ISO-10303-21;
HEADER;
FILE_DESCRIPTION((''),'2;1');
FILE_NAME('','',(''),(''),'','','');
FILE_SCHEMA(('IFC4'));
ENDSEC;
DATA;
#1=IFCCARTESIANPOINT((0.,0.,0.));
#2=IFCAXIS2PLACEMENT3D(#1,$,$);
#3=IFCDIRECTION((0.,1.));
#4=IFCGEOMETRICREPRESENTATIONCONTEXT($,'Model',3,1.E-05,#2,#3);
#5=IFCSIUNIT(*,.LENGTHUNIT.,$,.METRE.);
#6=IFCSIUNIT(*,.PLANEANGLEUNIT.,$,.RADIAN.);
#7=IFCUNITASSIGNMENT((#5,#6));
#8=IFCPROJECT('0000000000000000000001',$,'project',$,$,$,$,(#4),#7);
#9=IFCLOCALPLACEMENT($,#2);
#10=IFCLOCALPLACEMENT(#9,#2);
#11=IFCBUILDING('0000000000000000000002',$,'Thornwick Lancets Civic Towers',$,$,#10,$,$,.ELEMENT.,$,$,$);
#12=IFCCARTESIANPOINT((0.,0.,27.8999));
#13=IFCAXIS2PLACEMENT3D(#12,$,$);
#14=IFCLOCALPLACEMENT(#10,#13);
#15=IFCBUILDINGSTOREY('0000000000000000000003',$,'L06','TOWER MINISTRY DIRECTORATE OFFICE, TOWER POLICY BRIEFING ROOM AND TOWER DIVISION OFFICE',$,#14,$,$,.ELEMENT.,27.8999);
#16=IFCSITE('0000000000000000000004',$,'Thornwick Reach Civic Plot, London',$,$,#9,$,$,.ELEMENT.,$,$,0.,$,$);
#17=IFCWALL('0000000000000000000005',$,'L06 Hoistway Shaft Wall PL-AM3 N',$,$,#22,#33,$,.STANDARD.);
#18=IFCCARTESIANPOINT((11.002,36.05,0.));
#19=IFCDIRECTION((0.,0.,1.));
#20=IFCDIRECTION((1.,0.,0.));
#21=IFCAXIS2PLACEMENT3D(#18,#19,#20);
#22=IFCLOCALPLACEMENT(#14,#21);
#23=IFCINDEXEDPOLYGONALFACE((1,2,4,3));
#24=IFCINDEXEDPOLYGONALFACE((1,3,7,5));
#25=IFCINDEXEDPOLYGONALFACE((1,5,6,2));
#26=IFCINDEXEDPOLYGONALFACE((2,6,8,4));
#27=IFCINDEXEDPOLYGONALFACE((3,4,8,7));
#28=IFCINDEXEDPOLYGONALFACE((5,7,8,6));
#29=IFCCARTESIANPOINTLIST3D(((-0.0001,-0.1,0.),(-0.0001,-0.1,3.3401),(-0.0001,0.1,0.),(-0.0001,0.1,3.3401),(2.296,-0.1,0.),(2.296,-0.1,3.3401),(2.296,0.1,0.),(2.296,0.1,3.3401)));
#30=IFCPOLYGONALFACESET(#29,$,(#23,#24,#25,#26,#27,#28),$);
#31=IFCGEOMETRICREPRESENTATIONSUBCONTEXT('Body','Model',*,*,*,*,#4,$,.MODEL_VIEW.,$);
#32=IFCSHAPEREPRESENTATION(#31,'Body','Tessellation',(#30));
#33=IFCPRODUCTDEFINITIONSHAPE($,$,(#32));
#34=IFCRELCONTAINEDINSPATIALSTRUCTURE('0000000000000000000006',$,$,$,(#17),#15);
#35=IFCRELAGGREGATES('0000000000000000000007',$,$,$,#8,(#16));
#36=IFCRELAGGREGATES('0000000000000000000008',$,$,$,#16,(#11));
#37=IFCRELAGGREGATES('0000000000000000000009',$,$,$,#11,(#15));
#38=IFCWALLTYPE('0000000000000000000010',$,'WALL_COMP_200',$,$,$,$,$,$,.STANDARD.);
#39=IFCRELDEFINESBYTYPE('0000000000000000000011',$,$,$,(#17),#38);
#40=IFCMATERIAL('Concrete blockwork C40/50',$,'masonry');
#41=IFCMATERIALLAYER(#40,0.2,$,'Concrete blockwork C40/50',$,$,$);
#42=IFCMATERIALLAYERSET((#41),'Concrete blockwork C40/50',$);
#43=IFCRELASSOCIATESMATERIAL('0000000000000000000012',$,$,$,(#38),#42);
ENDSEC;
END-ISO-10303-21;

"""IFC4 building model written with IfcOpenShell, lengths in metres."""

from ifc_helpers import new_model, si_unit, direction, frame, frame_2d, origin, place, context, subcontext, project, spatial, rectangle, extrude, material, layer, layer_set, type_object, element, save


model = new_model("IFC4")

# Units and contexts
model_context = context("Model", 3, precision=1e-05, world=origin(), true_north=direction((0.0, 1.0)))
body_context = subcontext(model_context, "Body", "Model", "MODEL_VIEW")
ifc_project = project(units=[si_unit("LENGTHUNIT", "METRE"), si_unit("PLANEANGLEUNIT", "RADIAN")], contexts=[model_context])

# Site, building, storey
site_placement = place(None, origin())
site = spatial("IfcSite", under=ifc_project, at=site_placement, Name="Thornwick Reach Civic Plot, London", CompositionType="ELEMENT", RefElevation=0.0)
building_placement = place(site_placement, origin())
building = spatial("IfcBuilding", under=site, at=building_placement, Name="Thornwick Lancets Civic Towers", CompositionType="ELEMENT")
storey_placement = place(building_placement, frame((0.0, 0.0, 27.8999)))
storey = spatial("IfcBuildingStorey", under=building, at=storey_placement, Name="L06", Description="TOWER MINISTRY DIRECTORATE OFFICE, TOWER POLICY BRIEFING ROOM AND TOWER DIVISION OFFICE", CompositionType="ELEMENT", Elevation=27.8999)

# Wall
ifc_material_1 = material(Name="Concrete blockwork C40/50", Category="masonry")
ifc_layer_1 = layer(ifc_material_1, 0.2, Name="Concrete blockwork C40/50")
ifc_layer_set_1 = layer_set([ifc_layer_1], Name="Concrete blockwork C40/50")
wall_type_1 = type_object("IfcWallType", Name="WALL_COMP_200", PredefinedType="STANDARD", material=ifc_layer_set_1)
wall_1_placement = place(storey_placement, frame((11.002, 36.05, 0.0), z_axis=(0.0, 0.0, 1.0), x_axis=(1.0, 0.0, 0.0)))
element("IfcWall", 1, at=wall_1_placement, inside=storey, type_object=wall_type_1, Name="L06 Hoistway Shaft Wall PL-AM3 N", PredefinedType="STANDARD", context=body_context, shape_type="SweptSolid", body=[
    extrude(rectangle(XDim=2.2961, YDim=0.2, at=frame_2d((1.1479, 0.0))), origin(), (0.0, 0.0, 1.0), 3.3401),
])

save(model, "model.ifc")
